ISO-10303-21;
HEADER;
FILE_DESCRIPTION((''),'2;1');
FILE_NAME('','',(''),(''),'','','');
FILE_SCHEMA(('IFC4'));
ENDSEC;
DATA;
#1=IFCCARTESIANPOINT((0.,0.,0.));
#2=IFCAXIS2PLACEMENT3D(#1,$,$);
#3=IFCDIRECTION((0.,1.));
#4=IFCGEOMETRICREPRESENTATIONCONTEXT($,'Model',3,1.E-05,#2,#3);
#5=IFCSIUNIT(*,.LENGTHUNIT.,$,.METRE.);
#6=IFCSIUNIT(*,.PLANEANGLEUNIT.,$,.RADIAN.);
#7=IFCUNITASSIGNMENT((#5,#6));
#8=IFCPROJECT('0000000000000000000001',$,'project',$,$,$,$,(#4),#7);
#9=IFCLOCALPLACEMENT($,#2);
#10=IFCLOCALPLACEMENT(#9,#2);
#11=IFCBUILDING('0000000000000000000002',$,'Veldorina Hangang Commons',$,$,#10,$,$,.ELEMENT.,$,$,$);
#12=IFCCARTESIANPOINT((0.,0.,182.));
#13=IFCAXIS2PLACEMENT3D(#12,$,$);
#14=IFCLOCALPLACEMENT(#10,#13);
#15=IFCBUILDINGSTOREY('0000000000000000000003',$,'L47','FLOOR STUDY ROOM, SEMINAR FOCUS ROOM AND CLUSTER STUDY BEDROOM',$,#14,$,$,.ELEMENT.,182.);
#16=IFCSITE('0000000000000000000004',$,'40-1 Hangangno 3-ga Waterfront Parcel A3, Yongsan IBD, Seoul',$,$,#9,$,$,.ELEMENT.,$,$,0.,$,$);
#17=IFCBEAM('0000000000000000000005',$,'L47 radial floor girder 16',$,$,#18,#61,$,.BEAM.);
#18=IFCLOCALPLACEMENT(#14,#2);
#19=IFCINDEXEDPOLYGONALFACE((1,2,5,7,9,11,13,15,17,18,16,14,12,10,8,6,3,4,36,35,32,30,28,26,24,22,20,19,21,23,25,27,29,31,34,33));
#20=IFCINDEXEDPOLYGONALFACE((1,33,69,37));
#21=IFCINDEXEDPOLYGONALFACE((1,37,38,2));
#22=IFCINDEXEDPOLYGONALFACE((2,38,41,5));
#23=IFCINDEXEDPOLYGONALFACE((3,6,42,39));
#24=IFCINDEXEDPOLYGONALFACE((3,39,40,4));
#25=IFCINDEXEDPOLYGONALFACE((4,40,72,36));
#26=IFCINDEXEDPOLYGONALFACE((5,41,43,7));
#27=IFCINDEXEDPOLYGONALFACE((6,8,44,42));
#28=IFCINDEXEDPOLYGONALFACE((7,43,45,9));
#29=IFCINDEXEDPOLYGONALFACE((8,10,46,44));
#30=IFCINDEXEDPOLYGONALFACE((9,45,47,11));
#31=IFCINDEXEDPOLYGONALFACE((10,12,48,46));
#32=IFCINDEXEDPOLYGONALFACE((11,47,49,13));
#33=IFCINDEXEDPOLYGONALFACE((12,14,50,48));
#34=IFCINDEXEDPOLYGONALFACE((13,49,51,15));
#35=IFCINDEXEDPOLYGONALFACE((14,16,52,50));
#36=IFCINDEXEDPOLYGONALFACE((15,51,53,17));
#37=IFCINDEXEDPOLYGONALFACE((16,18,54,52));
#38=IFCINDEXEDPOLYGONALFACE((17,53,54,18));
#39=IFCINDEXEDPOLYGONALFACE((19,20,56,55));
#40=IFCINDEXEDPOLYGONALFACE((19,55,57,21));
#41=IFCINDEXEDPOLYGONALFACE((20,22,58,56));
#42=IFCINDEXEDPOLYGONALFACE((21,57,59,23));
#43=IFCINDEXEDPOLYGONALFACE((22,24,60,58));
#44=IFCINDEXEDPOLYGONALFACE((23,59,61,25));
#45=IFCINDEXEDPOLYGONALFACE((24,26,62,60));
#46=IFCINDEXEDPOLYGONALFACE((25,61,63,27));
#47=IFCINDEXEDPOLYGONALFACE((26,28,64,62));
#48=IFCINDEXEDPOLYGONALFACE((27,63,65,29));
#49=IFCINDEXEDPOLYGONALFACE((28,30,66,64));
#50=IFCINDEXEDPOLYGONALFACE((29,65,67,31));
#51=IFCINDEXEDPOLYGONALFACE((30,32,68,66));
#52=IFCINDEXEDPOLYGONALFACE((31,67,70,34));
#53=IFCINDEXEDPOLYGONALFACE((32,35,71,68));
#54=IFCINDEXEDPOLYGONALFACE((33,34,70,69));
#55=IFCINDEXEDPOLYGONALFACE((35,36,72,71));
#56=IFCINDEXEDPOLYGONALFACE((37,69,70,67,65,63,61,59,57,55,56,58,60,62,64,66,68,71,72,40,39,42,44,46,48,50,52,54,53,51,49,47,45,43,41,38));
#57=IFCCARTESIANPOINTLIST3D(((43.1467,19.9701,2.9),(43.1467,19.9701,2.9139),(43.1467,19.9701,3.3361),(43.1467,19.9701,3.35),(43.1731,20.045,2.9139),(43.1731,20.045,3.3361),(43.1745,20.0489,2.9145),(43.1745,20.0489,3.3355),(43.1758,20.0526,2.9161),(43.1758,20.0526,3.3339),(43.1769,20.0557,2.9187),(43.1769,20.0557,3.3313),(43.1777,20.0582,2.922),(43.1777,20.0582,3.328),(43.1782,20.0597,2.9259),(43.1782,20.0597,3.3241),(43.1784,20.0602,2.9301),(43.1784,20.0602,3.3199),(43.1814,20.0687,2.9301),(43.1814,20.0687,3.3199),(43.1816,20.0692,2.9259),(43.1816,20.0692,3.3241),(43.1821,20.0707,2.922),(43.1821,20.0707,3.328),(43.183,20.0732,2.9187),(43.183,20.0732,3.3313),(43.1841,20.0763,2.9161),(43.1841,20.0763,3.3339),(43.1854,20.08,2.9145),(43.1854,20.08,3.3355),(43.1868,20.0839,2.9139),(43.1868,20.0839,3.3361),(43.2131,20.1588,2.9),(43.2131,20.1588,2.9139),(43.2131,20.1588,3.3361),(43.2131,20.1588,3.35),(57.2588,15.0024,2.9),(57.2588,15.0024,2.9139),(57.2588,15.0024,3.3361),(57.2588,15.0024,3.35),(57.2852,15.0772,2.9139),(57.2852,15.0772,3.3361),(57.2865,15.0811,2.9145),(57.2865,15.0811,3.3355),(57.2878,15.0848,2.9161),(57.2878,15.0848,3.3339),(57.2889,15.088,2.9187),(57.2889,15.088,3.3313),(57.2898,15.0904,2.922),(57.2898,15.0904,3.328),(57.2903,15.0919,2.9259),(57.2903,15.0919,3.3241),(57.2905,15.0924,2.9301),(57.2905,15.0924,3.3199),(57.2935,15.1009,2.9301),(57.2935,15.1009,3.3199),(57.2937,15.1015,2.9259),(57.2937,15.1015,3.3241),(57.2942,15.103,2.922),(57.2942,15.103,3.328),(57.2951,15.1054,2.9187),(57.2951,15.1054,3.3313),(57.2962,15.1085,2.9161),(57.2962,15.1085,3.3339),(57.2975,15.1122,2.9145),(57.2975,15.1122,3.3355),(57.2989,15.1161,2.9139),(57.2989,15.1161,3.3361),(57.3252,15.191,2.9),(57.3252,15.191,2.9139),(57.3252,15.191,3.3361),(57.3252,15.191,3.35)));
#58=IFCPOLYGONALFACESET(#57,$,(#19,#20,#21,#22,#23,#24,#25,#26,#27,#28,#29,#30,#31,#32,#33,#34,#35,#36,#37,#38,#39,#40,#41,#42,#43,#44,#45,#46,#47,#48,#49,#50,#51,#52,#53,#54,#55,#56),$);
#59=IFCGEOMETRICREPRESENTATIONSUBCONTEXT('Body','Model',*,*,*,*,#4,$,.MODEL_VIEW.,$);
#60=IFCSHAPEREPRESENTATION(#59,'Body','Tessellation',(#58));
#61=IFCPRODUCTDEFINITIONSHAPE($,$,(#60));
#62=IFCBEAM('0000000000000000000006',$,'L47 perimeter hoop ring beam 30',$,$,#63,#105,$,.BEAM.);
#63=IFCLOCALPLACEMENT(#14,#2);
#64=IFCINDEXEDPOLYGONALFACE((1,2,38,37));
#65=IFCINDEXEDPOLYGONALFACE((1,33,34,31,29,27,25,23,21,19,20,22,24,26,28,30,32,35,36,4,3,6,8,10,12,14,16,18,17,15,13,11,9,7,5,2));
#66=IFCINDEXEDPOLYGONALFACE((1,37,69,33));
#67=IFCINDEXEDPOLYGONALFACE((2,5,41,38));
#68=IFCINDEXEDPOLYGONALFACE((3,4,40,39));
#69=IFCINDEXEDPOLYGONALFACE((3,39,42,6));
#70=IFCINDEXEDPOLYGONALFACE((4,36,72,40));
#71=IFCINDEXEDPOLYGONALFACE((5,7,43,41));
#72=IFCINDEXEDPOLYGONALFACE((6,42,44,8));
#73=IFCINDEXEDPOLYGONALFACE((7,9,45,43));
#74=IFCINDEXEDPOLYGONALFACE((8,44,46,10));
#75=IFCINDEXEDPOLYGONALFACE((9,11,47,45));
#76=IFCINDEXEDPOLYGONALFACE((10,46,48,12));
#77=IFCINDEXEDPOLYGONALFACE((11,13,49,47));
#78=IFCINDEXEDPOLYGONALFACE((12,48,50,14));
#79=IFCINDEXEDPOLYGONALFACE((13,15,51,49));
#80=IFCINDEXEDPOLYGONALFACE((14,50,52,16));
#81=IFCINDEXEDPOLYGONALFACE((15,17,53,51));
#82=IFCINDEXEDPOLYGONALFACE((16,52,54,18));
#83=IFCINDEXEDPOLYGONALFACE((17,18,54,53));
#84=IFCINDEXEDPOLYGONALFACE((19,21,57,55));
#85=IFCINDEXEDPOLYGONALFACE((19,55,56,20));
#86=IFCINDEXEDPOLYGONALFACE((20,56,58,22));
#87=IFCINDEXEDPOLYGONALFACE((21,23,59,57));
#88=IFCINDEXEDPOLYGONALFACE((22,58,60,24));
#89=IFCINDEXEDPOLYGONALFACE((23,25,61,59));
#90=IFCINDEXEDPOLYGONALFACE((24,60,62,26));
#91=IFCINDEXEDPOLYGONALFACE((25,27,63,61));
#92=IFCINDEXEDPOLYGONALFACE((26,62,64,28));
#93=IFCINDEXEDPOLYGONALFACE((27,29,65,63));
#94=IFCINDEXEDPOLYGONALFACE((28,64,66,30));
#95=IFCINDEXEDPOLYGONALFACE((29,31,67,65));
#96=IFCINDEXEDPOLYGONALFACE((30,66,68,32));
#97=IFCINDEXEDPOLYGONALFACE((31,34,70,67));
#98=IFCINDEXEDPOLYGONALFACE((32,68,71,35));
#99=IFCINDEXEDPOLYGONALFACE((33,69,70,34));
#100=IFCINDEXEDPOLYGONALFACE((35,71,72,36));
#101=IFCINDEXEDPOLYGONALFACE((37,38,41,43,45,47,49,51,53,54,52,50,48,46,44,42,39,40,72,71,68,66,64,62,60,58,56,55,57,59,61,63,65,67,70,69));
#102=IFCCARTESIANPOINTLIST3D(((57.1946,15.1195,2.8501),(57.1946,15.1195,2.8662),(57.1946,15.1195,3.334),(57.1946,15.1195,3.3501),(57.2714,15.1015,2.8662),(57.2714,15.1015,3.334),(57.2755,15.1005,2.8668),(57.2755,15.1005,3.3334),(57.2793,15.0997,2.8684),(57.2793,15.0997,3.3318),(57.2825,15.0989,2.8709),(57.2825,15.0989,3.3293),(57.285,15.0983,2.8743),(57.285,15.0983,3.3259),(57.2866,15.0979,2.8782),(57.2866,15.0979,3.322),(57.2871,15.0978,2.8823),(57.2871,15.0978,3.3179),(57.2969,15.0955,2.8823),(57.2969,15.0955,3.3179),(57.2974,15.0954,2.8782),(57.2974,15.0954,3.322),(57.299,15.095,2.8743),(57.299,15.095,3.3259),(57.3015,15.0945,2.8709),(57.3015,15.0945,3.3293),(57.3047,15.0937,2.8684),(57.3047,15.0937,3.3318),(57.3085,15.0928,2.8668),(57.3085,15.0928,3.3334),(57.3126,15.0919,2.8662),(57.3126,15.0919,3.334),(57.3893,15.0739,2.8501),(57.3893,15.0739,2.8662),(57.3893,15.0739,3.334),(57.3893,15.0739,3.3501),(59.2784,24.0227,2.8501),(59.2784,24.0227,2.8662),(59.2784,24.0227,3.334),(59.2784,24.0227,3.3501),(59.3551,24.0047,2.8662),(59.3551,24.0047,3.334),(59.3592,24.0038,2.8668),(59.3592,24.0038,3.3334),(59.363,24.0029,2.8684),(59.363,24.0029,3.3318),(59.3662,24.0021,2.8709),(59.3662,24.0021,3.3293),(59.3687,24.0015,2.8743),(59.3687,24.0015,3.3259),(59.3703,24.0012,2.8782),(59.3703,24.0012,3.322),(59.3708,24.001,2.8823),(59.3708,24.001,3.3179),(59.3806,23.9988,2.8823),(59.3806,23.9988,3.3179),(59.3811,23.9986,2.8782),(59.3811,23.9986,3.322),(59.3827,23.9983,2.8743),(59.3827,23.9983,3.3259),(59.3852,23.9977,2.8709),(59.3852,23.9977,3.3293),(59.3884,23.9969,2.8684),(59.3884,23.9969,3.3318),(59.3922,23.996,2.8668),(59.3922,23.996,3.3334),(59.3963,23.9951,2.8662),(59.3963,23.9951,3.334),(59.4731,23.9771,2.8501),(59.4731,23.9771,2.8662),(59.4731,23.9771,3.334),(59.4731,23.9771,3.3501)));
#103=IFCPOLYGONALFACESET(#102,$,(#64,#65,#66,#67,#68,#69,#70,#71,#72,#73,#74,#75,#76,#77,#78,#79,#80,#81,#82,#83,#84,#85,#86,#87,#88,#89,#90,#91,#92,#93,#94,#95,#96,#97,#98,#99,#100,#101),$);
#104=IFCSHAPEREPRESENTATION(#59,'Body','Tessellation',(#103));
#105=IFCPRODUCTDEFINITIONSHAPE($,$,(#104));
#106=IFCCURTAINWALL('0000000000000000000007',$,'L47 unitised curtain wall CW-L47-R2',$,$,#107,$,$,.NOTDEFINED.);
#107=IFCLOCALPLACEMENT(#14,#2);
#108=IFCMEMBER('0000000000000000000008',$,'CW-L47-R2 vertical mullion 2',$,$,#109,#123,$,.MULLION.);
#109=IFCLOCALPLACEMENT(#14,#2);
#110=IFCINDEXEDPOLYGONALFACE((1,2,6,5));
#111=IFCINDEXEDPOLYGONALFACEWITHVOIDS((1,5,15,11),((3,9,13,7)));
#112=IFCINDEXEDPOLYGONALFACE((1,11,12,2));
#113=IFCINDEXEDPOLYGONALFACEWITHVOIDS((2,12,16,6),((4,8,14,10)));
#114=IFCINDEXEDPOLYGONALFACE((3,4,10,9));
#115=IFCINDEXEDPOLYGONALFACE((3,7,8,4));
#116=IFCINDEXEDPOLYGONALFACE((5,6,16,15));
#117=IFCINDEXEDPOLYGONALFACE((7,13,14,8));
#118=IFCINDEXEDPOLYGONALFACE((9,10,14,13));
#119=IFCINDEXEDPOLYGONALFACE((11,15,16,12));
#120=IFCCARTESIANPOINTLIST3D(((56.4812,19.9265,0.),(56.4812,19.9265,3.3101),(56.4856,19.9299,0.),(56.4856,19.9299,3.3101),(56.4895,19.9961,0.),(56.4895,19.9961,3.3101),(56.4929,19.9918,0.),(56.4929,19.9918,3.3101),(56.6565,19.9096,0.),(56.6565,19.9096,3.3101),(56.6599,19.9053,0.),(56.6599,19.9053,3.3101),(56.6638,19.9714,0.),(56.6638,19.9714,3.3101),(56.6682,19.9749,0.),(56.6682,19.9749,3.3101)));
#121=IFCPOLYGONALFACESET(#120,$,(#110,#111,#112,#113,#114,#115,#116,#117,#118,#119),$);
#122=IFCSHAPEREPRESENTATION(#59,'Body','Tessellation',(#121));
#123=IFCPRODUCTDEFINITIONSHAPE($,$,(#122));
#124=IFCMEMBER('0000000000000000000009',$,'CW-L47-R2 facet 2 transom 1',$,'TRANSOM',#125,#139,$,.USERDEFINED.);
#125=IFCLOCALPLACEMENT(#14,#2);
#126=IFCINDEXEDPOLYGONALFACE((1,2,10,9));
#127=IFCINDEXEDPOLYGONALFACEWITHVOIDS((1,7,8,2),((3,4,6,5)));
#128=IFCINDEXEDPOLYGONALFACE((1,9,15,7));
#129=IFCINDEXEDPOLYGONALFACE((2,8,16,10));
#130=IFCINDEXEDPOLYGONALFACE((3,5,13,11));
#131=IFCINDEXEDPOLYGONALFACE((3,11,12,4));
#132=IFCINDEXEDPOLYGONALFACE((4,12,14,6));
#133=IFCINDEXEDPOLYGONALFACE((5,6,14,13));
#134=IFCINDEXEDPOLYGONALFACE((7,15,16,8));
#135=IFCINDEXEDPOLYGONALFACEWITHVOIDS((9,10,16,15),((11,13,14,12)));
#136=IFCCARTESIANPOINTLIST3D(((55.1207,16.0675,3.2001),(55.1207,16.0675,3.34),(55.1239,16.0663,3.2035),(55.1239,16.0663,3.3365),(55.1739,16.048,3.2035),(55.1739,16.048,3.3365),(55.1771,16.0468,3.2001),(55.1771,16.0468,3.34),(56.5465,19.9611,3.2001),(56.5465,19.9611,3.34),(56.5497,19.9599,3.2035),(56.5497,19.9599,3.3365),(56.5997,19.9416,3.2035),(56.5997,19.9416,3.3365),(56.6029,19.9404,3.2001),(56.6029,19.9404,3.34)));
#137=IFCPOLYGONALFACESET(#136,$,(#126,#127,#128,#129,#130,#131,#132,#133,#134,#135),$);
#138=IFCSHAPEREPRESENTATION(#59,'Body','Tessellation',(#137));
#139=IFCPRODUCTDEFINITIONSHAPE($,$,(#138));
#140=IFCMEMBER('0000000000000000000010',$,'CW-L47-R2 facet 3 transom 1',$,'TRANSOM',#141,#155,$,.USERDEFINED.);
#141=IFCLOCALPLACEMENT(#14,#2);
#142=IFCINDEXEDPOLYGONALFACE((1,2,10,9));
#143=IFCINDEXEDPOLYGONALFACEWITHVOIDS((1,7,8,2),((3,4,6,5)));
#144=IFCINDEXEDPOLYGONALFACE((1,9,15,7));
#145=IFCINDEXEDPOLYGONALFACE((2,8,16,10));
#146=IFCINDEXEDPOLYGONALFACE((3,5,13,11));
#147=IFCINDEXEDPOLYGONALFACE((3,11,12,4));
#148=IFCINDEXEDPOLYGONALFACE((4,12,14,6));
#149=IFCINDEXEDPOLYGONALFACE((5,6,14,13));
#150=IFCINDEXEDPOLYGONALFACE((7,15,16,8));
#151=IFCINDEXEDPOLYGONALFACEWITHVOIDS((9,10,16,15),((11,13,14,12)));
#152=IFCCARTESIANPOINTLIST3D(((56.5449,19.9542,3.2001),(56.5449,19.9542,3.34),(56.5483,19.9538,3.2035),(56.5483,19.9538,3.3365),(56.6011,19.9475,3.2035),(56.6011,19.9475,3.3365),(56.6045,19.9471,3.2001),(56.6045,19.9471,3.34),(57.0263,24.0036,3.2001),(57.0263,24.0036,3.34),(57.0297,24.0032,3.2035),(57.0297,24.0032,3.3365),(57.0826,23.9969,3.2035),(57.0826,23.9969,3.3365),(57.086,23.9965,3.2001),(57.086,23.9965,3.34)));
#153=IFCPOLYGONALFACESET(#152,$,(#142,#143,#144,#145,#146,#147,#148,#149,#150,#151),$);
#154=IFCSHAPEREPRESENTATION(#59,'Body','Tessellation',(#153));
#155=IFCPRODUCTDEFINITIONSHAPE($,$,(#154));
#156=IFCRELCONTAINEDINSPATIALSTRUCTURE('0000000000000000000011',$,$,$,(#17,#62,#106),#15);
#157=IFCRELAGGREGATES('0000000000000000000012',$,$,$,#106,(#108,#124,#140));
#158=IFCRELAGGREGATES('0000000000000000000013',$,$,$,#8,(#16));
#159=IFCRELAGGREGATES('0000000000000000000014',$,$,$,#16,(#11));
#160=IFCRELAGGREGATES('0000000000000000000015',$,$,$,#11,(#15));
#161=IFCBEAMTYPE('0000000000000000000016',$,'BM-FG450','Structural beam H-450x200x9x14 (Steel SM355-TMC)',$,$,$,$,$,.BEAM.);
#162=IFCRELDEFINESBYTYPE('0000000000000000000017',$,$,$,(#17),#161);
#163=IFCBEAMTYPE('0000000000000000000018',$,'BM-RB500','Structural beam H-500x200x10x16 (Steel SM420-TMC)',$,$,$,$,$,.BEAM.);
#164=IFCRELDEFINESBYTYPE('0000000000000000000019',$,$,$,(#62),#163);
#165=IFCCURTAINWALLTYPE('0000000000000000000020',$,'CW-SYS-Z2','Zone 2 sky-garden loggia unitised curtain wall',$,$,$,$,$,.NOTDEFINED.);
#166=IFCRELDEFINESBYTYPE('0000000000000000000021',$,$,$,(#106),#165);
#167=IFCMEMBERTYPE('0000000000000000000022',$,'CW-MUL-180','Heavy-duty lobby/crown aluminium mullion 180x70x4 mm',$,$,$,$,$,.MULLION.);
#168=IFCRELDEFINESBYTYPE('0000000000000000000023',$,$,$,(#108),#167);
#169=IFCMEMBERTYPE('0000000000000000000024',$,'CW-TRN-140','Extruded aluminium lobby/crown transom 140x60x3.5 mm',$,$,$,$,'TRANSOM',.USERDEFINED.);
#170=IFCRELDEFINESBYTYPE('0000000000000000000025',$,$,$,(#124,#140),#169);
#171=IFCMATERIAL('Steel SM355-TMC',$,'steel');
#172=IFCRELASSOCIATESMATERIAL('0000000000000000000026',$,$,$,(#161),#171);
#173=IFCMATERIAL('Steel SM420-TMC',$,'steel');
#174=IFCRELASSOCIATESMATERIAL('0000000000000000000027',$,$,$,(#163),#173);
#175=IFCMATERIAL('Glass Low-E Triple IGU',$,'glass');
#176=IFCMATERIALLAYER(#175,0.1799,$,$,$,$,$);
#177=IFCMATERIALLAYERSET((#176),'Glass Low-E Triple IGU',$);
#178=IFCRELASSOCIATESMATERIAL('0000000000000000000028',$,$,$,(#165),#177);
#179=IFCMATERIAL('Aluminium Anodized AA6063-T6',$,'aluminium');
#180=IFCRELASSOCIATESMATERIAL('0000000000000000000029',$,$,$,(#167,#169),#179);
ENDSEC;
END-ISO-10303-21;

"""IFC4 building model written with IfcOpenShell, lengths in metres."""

from ifc_helpers import new_model, si_unit, direction, frame, origin, origin_2d, place, context, subcontext, project, spatial, hollow_rectangle, i_section, extrude, material, layer, layer_set, material_profile, profile_set, type_object, element, aggregate, save


model = new_model("IFC4")

# Units and contexts
model_context = context("Model", 3, precision=1e-05, world=origin(), true_north=direction((0.0, 1.0)))
body_context = subcontext(model_context, "Body", "Model", "MODEL_VIEW")
ifc_project = project(units=[si_unit("LENGTHUNIT", "METRE"), si_unit("PLANEANGLEUNIT", "RADIAN")], contexts=[model_context])

# Site, building, storey
site_placement = place(None, origin())
site = spatial("IfcSite", under=ifc_project, at=site_placement, Name="40-1 Hangangno 3-ga Waterfront Parcel A3, Yongsan IBD, Seoul", CompositionType="ELEMENT", RefElevation=0.0)
building_placement = place(site_placement, origin())
building = spatial("IfcBuilding", under=site, at=building_placement, Name="Veldorina Hangang Commons", CompositionType="ELEMENT")
storey_placement = place(building_placement, frame((0.0, 0.0, 182.0)))
storey = spatial("IfcBuildingStorey", under=building, at=storey_placement, Name="L47", Description="FLOOR STUDY ROOM, SEMINAR FOCUS ROOM AND CLUSTER STUDY BEDROOM", CompositionType="ELEMENT", Elevation=182.0)

# Beams
ifc_material_1 = material(Name="Steel SM355-TMC", Category="steel")
ifc_material_profile_1 = material_profile(ifc_material_1, i_section(OverallWidth=0.2, OverallDepth=0.45, WebThickness=0.009, FlangeThickness=0.0139, FilletRadius=0.0161, at=origin_2d()), Name="H-450x200x9x14")
ifc_profile_set_1 = profile_set([ifc_material_profile_1], Name="Steel SM355-TMC")
beam_type_1 = type_object("IfcBeamType", Name="BM-FG450", Description="Structural beam H-450x200x9x14 (Steel SM355-TMC)", PredefinedType="BEAM", material=ifc_profile_set_1)
beam_1_placement = place(storey_placement, frame((43.1799, 20.0645, 3.125), z_axis=(0.943262, -0.33205, 0.0), x_axis=(0.33205, 0.943262, 0.0)))
element("IfcBeam", 1, at=beam_1_placement, inside=storey, type_object=beam_type_1, Name="L47 radial floor girder 16", PredefinedType="BEAM", context=body_context, shape_type="SweptSolid", body=[
    extrude(i_section(OverallWidth=0.2, OverallDepth=0.45, WebThickness=0.009, FlangeThickness=0.0139, FilletRadius=0.0161, at=origin_2d()), origin(), (0.0, 0.0, 1.0), 14.9609),
])
ifc_material_2 = material(Name="Steel SM420-TMC", Category="steel")
ifc_material_profile_2 = material_profile(ifc_material_2, i_section(OverallWidth=0.2, OverallDepth=0.5, WebThickness=0.01, FlangeThickness=0.0161, FilletRadius=0.0161, at=origin_2d()), Name="H-500x200x10x16")
ifc_profile_set_2 = profile_set([ifc_material_profile_2], Name="Steel SM420-TMC")
beam_type_2 = type_object("IfcBeamType", Name="BM-RB500", Description="Structural beam H-500x200x10x16 (Steel SM420-TMC)", PredefinedType="BEAM", material=ifc_profile_set_2)
beam_2_placement = place(storey_placement, frame((57.292, 15.0967, 3.1001), z_axis=(0.227883, 0.973689, 0.0), x_axis=(-0.973689, 0.227883, 0.0)))
element("IfcBeam", 2, at=beam_2_placement, inside=storey, type_object=beam_type_2, Name="L47 perimeter hoop ring beam 30", PredefinedType="BEAM", context=body_context, shape_type="SweptSolid", body=[
    extrude(i_section(OverallWidth=0.2, OverallDepth=0.5, WebThickness=0.01, FlangeThickness=0.0161, FilletRadius=0.0161, at=origin_2d()), origin(), (0.0, 0.0, 1.0), 9.1438),
])

# Curtain wall, members
ifc_material_3 = material(Name="Glass Low-E Triple IGU", Category="glass")
ifc_layer_1 = layer(ifc_material_3, 0.1799)
ifc_layer_set_1 = layer_set([ifc_layer_1], Name="Glass Low-E Triple IGU")
curtain_wall_type = type_object("IfcCurtainWallType", Name="CW-SYS-Z2", Description="Zone 2 sky-garden loggia unitised curtain wall", PredefinedType="NOTDEFINED", material=ifc_layer_set_1)
curtain_wall_placement = place(storey_placement, origin())
curtain_wall = element("IfcCurtainWall", 3, at=curtain_wall_placement, inside=storey, type_object=curtain_wall_type, Name="L47 unitised curtain wall CW-L47-R2", PredefinedType="NOTDEFINED")
ifc_material_4 = material(Name="Aluminium Anodized AA6063-T6", Category="aluminium")
ifc_material_profile_3 = material_profile(ifc_material_4, hollow_rectangle(XDim=0.0701, YDim=0.1799, WallThickness=0.0039, at=origin_2d()), Name="ALU-RHS-180x70x4")
ifc_profile_set_3 = profile_set([ifc_material_profile_3], Name="Aluminium Anodized AA6063-T6")
member_type_1 = type_object("IfcMemberType", Name="CW-MUL-180", Description="Heavy-duty lobby/crown aluminium mullion 180x70x4 mm", PredefinedType="MULLION", material=ifc_profile_set_3)
member_1_placement = place(storey_placement, frame((56.5747, 19.9507, 0.0), z_axis=(0.0, 0.0, 1.0), x_axis=(0.118057, 0.993007, 0.0)))
member_1 = element("IfcMember", 4, at=member_1_placement, type_object=member_type_1, Name="CW-L47-R2 vertical mullion 2", PredefinedType="MULLION", context=body_context, shape_type="SweptSolid", body=[
    extrude(hollow_rectangle(XDim=0.0701, YDim=0.1799, WallThickness=0.0039, at=origin_2d()), origin(), (0.0, 0.0, 1.0), 3.3101),
])
ifc_material_profile_4 = material_profile(ifc_material_4, hollow_rectangle(XDim=0.0601, YDim=0.1399, WallThickness=0.0034, at=origin_2d()), Name="ALU-RHS-140x60x3.5")
ifc_profile_set_4 = profile_set([ifc_material_profile_4], Name="Aluminium Anodized AA6063-T6")
member_type_2 = type_object("IfcMemberType", Name="CW-TRN-140", Description="Extruded aluminium lobby/crown transom 140x60x3.5 mm", ElementType="TRANSOM", PredefinedType="USERDEFINED", material=ifc_profile_set_4)
member_2_placement = place(storey_placement, frame((55.1489, 16.0571, 3.27), z_axis=(0.34386, 0.939021, 0.0), x_axis=(-0.939021, 0.34386, 0.0)))
member_2 = element("IfcMember", 5, at=member_2_placement, type_object=member_type_2, Name="CW-L47-R2 facet 2 transom 1", ObjectType="TRANSOM", PredefinedType="USERDEFINED", context=body_context, shape_type="SweptSolid", body=[
    extrude(hollow_rectangle(XDim=0.0601, YDim=0.1399, WallThickness=0.0034, at=origin_2d()), origin(), (0.0, 0.0, 1.0), 4.1465),
])
member_3_placement = place(storey_placement, frame((56.5747, 19.9507, 3.27), z_axis=(0.118064, 0.993006, 0.0), x_axis=(-0.993006, 0.118064, 0.0)))
member_3 = element("IfcMember", 6, at=member_3_placement, type_object=member_type_2, Name="CW-L47-R2 facet 3 transom 1", ObjectType="TRANSOM", PredefinedType="USERDEFINED", context=body_context, shape_type="SweptSolid", body=[
    extrude(hollow_rectangle(XDim=0.0601, YDim=0.1399, WallThickness=0.0034, at=origin_2d()), origin(), (0.0, 0.0, 1.0), 4.0779),
])

aggregate(curtain_wall, [member_1, member_2, member_3])

save(model, "model.ifc")
